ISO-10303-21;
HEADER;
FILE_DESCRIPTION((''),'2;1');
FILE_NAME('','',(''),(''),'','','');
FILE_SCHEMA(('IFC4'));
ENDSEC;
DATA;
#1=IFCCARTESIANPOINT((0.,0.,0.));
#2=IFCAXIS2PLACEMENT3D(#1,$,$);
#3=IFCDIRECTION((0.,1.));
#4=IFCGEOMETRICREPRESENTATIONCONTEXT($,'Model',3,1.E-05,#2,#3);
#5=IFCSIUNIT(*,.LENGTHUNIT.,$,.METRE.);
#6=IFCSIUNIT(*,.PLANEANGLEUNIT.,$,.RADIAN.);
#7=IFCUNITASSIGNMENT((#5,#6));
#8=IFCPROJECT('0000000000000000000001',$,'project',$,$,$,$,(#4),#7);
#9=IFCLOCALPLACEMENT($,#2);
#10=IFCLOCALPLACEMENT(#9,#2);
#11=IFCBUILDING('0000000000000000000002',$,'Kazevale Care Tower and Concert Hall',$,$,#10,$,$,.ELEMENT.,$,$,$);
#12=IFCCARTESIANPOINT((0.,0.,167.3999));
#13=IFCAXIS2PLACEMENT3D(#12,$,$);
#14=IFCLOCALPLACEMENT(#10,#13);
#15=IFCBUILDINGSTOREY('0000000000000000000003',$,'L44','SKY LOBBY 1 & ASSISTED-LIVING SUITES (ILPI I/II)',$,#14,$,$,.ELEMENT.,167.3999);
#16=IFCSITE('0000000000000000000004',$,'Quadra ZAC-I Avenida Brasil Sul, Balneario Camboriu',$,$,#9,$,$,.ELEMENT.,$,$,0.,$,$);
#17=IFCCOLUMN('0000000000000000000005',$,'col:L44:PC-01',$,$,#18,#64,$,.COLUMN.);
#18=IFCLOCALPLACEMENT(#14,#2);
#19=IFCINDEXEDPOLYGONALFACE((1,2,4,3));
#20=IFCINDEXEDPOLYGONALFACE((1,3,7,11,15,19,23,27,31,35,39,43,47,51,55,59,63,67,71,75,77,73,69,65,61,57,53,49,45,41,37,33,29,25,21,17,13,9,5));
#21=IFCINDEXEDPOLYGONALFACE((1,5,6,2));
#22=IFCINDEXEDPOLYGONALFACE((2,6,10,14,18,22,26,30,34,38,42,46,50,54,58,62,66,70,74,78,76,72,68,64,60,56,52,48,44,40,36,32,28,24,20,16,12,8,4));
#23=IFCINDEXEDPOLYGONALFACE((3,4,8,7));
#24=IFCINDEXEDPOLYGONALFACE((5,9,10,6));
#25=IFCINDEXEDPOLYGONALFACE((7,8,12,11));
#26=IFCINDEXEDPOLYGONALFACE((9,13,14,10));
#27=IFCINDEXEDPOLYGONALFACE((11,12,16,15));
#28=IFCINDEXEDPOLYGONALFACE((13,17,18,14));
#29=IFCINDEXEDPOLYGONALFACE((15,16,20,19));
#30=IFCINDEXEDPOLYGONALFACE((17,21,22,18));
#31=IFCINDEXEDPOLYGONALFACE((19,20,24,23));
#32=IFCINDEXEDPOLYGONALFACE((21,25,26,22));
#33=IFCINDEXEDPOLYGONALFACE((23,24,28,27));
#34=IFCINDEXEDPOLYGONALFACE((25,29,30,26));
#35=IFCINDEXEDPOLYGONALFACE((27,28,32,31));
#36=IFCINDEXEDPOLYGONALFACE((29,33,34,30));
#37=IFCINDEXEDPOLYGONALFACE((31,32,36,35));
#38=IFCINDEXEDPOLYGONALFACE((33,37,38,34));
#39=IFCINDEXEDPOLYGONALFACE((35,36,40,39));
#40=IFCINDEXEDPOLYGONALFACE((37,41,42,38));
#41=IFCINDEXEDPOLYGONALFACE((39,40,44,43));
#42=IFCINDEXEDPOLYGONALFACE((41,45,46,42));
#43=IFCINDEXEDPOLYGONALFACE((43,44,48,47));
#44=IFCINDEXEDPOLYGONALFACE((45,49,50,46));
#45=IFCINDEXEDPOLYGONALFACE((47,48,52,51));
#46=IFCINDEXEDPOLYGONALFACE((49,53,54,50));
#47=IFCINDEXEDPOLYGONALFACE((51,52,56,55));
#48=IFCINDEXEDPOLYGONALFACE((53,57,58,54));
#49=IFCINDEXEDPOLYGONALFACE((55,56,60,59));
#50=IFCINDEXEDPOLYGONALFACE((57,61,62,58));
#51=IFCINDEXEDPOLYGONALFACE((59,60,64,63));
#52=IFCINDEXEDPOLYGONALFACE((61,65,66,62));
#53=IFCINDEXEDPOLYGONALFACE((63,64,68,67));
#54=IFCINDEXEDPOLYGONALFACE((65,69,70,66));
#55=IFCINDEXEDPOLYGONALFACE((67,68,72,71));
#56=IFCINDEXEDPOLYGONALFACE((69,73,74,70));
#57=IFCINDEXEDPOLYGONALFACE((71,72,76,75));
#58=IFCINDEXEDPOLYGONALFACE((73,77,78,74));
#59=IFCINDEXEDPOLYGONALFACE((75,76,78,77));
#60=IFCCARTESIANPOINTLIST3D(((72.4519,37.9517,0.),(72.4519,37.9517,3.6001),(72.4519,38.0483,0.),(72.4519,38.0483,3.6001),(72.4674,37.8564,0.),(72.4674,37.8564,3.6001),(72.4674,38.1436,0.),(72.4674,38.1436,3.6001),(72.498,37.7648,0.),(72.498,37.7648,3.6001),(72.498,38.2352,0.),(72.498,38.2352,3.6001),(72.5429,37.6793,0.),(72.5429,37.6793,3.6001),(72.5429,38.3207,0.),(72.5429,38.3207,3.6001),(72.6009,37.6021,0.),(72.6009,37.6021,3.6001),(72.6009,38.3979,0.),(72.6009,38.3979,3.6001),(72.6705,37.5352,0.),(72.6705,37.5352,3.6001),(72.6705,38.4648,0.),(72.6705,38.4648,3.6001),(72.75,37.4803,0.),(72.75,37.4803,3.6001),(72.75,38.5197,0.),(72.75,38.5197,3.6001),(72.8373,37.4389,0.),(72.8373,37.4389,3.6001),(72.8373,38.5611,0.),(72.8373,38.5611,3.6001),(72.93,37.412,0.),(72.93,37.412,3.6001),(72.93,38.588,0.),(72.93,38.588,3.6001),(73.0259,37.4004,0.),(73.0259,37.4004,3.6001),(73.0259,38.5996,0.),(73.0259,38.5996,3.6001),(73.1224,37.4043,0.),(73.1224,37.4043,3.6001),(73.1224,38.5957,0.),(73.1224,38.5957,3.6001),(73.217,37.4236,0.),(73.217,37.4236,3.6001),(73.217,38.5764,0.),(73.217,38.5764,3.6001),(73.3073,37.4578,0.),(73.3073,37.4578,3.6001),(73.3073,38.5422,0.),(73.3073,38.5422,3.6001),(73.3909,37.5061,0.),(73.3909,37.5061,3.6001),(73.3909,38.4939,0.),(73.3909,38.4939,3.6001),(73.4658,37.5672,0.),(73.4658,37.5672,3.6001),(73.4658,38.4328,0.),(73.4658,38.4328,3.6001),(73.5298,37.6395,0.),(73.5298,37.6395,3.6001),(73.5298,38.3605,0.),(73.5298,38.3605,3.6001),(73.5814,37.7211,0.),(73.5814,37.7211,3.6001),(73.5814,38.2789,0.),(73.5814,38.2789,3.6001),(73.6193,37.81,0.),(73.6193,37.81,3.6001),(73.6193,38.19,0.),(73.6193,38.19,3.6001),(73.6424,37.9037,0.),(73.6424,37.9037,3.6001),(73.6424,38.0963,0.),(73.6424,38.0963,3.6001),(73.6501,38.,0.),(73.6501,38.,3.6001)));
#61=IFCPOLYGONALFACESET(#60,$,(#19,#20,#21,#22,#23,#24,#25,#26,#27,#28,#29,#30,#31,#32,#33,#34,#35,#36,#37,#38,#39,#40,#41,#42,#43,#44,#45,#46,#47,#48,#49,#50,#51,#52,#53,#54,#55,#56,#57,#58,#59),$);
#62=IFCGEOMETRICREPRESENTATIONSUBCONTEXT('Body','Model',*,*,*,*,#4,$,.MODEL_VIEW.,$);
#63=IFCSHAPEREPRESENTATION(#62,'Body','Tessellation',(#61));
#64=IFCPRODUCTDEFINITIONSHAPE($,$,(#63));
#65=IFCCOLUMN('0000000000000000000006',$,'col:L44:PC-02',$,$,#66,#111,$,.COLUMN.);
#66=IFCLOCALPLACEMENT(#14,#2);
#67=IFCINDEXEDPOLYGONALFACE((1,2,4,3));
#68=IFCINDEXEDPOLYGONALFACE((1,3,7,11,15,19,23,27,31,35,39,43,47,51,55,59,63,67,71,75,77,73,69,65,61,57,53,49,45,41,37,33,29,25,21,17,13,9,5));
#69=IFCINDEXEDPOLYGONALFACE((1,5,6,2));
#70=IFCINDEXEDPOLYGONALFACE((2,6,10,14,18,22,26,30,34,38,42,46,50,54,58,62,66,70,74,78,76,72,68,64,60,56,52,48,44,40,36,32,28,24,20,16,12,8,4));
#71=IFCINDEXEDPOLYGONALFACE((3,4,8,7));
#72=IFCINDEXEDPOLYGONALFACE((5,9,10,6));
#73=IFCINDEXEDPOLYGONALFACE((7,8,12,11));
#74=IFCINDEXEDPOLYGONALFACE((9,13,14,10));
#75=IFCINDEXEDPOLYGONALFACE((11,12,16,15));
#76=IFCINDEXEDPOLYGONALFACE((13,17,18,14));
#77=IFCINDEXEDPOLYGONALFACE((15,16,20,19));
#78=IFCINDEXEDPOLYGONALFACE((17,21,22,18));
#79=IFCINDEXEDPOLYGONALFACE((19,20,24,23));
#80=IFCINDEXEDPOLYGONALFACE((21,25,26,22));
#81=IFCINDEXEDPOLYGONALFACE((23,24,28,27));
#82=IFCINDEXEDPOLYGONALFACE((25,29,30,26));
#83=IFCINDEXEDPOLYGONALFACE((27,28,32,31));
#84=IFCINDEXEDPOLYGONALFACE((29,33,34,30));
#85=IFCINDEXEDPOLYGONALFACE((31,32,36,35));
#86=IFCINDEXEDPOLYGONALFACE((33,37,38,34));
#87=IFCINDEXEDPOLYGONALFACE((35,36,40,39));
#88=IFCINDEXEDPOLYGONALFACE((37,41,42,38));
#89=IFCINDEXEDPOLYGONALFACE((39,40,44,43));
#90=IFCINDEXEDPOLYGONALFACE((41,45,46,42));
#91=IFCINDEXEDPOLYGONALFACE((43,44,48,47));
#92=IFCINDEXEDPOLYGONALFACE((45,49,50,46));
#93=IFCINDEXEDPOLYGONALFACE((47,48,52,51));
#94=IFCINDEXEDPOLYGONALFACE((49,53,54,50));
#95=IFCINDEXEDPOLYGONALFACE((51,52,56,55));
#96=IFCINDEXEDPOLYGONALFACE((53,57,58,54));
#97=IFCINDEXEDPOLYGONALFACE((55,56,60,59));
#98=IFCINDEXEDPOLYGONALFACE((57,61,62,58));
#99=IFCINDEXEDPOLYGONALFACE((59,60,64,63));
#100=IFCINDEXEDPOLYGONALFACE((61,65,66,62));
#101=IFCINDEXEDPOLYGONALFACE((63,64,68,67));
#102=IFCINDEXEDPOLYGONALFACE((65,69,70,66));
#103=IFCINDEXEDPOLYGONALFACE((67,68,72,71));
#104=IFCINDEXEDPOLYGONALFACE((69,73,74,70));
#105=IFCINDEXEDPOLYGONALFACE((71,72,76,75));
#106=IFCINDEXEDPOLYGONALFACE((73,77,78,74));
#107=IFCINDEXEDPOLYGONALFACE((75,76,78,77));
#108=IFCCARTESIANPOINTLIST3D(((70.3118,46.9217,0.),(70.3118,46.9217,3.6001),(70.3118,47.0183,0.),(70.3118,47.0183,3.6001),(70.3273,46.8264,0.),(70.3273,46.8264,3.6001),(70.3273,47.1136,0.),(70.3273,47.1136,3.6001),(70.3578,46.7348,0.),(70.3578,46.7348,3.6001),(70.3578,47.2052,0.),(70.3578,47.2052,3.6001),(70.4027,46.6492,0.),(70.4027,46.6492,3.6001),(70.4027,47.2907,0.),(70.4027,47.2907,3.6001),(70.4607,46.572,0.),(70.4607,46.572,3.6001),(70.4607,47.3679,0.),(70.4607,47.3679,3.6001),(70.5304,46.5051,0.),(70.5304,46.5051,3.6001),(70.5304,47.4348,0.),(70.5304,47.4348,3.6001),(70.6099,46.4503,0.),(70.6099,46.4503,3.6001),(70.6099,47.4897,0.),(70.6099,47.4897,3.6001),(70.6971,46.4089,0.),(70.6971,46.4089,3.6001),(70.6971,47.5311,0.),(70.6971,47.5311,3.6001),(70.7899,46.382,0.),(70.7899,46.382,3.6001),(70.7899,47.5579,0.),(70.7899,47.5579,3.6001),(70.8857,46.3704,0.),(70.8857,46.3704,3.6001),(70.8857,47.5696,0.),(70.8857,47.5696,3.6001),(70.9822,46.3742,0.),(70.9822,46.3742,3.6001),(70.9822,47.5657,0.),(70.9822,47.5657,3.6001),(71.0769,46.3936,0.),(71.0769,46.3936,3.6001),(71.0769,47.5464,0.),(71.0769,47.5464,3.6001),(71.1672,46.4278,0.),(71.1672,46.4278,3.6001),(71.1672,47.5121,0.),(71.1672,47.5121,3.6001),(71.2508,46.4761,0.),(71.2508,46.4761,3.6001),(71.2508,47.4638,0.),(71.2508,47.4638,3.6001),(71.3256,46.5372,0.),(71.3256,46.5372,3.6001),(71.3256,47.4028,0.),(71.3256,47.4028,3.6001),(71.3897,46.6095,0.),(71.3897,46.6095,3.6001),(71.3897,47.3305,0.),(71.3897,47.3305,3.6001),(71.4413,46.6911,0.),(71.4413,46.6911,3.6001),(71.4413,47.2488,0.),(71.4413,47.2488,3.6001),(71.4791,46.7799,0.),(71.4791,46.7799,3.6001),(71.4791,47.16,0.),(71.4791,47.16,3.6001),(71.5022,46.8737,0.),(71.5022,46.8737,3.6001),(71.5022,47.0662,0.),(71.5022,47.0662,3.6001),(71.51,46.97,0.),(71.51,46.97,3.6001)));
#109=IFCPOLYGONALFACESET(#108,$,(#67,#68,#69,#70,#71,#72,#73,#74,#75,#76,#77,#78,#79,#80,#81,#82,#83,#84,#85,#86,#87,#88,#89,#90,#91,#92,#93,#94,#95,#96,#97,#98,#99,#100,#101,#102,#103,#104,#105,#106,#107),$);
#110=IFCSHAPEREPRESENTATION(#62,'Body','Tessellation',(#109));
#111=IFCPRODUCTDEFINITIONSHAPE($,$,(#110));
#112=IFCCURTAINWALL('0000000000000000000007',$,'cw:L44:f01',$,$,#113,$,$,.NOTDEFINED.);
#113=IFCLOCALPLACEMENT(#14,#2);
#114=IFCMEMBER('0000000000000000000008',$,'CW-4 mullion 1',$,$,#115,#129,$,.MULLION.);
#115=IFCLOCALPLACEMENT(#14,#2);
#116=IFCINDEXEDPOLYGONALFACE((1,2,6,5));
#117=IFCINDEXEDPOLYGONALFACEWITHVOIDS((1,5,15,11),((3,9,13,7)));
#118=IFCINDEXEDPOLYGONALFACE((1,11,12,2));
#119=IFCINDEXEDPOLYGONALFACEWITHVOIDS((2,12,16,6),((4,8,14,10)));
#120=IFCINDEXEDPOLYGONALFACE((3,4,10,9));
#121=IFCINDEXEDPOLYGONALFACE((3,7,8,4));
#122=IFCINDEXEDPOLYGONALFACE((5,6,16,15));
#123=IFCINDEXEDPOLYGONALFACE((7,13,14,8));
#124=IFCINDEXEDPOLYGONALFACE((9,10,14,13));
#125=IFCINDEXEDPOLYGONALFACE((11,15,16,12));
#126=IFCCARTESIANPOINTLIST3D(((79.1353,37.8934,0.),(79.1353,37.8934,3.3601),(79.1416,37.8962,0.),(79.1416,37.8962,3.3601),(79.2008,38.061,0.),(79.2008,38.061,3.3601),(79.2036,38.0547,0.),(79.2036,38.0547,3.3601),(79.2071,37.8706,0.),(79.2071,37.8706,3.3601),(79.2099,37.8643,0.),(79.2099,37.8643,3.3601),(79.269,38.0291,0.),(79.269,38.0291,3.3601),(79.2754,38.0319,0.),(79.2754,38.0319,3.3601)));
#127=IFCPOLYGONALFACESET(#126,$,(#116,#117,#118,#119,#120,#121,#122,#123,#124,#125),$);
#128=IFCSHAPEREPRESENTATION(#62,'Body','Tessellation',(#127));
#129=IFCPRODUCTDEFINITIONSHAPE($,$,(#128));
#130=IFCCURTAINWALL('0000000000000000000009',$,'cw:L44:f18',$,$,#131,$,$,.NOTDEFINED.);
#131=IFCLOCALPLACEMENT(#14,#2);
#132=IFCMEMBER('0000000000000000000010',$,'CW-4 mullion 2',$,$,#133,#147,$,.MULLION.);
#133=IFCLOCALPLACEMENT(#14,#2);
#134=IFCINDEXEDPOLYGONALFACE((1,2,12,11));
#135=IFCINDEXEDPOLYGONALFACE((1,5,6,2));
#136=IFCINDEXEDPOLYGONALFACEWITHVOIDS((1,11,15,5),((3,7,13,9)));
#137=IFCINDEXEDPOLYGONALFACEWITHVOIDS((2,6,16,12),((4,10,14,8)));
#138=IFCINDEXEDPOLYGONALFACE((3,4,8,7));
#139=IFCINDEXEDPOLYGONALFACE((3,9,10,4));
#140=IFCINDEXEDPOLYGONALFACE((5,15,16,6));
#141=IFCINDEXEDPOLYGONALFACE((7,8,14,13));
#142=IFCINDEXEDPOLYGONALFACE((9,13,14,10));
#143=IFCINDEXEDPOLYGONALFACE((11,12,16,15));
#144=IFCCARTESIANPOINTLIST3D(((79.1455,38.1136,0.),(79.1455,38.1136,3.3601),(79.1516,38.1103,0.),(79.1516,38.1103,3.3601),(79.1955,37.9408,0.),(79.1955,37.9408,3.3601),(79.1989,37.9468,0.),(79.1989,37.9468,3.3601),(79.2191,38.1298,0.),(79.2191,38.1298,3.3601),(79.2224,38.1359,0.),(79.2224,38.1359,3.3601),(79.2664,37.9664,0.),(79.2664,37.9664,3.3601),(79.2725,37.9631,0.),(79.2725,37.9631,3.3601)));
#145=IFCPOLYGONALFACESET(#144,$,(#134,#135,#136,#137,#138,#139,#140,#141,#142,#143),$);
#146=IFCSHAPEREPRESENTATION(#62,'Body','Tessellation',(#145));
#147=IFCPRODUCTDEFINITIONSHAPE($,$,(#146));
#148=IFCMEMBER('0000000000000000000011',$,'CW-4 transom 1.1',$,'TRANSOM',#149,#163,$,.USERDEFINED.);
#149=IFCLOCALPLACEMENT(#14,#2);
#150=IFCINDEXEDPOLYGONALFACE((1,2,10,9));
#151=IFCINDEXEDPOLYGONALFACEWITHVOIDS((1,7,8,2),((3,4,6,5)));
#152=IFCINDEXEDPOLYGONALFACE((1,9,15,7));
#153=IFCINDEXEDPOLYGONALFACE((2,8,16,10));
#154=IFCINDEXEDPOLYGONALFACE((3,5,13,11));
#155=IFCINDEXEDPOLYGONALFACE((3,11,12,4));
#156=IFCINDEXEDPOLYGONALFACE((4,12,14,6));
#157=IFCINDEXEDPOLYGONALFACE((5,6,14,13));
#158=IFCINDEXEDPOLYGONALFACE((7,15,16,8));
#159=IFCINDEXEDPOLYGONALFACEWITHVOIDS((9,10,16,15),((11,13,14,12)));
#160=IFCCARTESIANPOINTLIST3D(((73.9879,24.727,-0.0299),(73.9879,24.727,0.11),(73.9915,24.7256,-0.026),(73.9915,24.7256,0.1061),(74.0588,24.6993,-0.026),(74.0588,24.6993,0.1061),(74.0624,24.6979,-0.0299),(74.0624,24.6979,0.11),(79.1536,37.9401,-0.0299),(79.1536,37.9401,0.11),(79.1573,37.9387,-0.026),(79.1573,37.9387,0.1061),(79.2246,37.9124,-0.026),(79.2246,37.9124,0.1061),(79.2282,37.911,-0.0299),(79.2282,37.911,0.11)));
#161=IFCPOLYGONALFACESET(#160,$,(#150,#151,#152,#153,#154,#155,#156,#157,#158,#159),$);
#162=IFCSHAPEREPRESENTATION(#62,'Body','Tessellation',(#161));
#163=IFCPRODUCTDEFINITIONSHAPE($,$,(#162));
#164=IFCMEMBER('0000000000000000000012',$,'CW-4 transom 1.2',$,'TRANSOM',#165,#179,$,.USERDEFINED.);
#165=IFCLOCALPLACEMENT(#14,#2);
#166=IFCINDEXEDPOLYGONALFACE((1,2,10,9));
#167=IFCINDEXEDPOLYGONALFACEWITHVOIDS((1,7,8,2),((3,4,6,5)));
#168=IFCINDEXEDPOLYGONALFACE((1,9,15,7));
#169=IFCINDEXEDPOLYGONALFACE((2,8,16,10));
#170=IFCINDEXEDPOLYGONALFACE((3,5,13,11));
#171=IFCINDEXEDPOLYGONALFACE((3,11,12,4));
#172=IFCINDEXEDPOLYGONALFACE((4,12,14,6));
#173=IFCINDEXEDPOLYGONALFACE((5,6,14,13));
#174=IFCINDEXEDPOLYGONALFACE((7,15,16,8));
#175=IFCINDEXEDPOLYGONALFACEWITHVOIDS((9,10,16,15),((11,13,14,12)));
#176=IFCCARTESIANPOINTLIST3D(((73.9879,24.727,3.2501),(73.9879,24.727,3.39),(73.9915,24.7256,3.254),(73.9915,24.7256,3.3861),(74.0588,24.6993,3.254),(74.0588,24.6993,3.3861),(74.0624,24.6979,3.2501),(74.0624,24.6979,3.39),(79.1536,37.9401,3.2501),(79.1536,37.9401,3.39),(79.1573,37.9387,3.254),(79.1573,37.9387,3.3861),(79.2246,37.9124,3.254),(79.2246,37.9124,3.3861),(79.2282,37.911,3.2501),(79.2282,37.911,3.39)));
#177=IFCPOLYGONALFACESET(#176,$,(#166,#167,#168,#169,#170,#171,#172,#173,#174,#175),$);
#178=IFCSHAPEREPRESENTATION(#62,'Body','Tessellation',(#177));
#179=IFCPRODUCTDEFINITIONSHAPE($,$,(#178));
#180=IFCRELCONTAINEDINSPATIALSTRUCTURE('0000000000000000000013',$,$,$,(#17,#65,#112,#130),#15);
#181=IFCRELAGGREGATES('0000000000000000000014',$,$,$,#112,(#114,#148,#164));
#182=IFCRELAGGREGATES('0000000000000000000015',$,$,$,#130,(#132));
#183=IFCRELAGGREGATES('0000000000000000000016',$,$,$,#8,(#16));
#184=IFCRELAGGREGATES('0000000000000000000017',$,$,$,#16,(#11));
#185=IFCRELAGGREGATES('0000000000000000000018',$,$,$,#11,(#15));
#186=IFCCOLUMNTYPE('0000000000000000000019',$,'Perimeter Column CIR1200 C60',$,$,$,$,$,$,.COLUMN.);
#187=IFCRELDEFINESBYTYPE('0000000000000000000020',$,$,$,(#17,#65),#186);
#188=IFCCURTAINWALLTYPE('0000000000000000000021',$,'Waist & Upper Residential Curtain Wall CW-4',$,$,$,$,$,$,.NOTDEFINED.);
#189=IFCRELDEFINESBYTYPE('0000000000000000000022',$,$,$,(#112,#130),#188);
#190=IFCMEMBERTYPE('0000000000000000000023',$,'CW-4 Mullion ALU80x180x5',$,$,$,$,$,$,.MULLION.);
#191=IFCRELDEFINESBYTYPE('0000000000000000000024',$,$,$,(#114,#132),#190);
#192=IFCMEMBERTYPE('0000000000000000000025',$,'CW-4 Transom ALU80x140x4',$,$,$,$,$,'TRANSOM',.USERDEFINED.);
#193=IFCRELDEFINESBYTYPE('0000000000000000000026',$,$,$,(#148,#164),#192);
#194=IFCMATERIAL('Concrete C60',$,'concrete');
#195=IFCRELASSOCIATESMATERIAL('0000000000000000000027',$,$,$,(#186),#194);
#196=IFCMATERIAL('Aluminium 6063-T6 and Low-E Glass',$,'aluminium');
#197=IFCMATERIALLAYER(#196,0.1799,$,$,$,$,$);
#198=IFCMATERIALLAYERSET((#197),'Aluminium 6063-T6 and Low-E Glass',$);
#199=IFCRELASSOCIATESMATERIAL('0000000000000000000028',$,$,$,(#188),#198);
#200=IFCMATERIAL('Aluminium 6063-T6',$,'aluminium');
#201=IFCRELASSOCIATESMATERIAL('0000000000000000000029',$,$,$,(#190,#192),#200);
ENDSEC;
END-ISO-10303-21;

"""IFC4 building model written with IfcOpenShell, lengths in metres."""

from ifc_helpers import new_model, si_unit, direction, frame, origin, origin_2d, place, context, subcontext, project, spatial, hollow_rectangle, circle, extrude, material, layer, layer_set, material_profile, profile_set, type_object, element, aggregate, save


model = new_model("IFC4")

# Units and contexts
model_context = context("Model", 3, precision=1e-05, world=origin(), true_north=direction((0.0, 1.0)))
body_context = subcontext(model_context, "Body", "Model", "MODEL_VIEW")
ifc_project = project(units=[si_unit("LENGTHUNIT", "METRE"), si_unit("PLANEANGLEUNIT", "RADIAN")], contexts=[model_context])

# Site, building, storey
site_placement = place(None, origin())
site = spatial("IfcSite", under=ifc_project, at=site_placement, Name="Quadra ZAC-I Avenida Brasil Sul, Balneario Camboriu", CompositionType="ELEMENT", RefElevation=0.0)
building_placement = place(site_placement, origin())
building = spatial("IfcBuilding", under=site, at=building_placement, Name="Kazevale Care Tower and Concert Hall", CompositionType="ELEMENT")
storey_placement = place(building_placement, frame((0.0, 0.0, 167.3999)))
storey = spatial("IfcBuildingStorey", under=building, at=storey_placement, Name="L44", Description="SKY LOBBY 1 & ASSISTED-LIVING SUITES (ILPI I/II)", CompositionType="ELEMENT", Elevation=167.3999)

# Columns
ifc_material_1 = material(Name="Concrete C60", Category="concrete")
ifc_material_profile_1 = material_profile(ifc_material_1, circle(Radius=0.6001, at=origin_2d()), Name="RC-CIR1200")
ifc_profile_set_1 = profile_set([ifc_material_profile_1], Name="Concrete C60")
column_type = type_object("IfcColumnType", Name="Perimeter Column CIR1200 C60", PredefinedType="COLUMN", material=ifc_profile_set_1)
for number, where, z_axis, x_axis, name in (
    (1, (73.05, 38.0, 0.0), (0.0, 0.0, 1.0), (1.0, 0.0, 0.0), "col:L44:PC-01"),
    (2, (70.9099, 46.97, 0.0), (0.0, 0.0, 1.0), (1.0, 0.0, 0.0), "col:L44:PC-02"),
):
    element("IfcColumn", number, at=place(storey_placement, frame(where, z_axis=z_axis, x_axis=x_axis)), inside=storey, type_object=column_type, Name=name, PredefinedType="COLUMN", context=body_context, shape_type="SweptSolid", body=[
        extrude(circle(Radius=0.6001, at=origin_2d()), origin(), (0.0, 0.0, 1.0), 3.6001),
    ])

# Curtain walls, members
ifc_material_2 = material(Name="Aluminium 6063-T6 and Low-E Glass", Category="aluminium")
ifc_layer_1 = layer(ifc_material_2, 0.1799)
ifc_layer_set_1 = layer_set([ifc_layer_1], Name="Aluminium 6063-T6 and Low-E Glass")
curtain_wall_type = type_object("IfcCurtainWallType", Name="Waist & Upper Residential Curtain Wall CW-4", PredefinedType="NOTDEFINED", material=ifc_layer_set_1)
curtain_wall_1_placement = place(storey_placement, origin())
curtain_wall_1 = element("IfcCurtainWall", 3, at=curtain_wall_1_placement, inside=storey, type_object=curtain_wall_type, Name="cw:L44:f01", PredefinedType="NOTDEFINED")
ifc_material_3 = material(Name="Aluminium 6063-T6", Category="aluminium")
ifc_material_profile_2 = material_profile(ifc_material_3, hollow_rectangle(XDim=0.0801, YDim=0.1799, WallThickness=0.0049, at=origin_2d()), Name="ALU80x180x5")
ifc_profile_set_2 = profile_set([ifc_material_profile_2], Name="Aluminium 6063-T6")
member_type_1 = type_object("IfcMemberType", Name="CW-4 Mullion ALU80x180x5", PredefinedType="MULLION", material=ifc_profile_set_2)
member_1_placement = place(storey_placement, frame((79.2053, 37.9626, 0.0), z_axis=(0.0, 0.0, 1.0), x_axis=(0.931352, -0.364121, 0.0)))
member_1 = element("IfcMember", 4, at=member_1_placement, type_object=member_type_1, Name="CW-4 mullion 1", PredefinedType="MULLION", context=body_context, shape_type="SweptSolid", body=[
    extrude(hollow_rectangle(XDim=0.0801, YDim=0.1799, WallThickness=0.0049, at=origin_2d()), origin(), (0.0, 0.0, 1.0), 3.3601),
])
curtain_wall_2_placement = place(storey_placement, origin())
curtain_wall_2 = element("IfcCurtainWall", 5, at=curtain_wall_2_placement, inside=storey, type_object=curtain_wall_type, Name="cw:L44:f18", PredefinedType="NOTDEFINED")
member_2_placement = place(storey_placement, frame((79.209, 38.0383, 0.0), z_axis=(0.0, 0.0, 1.0), x_axis=(0.960542, 0.278137, 0.0)))
member_2 = element("IfcMember", 6, at=member_2_placement, type_object=member_type_1, Name="CW-4 mullion 2", PredefinedType="MULLION", context=body_context, shape_type="SweptSolid", body=[
    extrude(hollow_rectangle(XDim=0.0801, YDim=0.1799, WallThickness=0.0049, at=origin_2d()), origin(), (0.0, 0.0, 1.0), 3.3601),
])

# Members
ifc_material_profile_3 = material_profile(ifc_material_3, hollow_rectangle(XDim=0.0801, YDim=0.1399, WallThickness=0.0039, at=origin_2d()), Name="ALU80x140x4")
ifc_profile_set_3 = profile_set([ifc_material_profile_3], Name="Aluminium 6063-T6")
member_type_2 = type_object("IfcMemberType", Name="CW-4 Transom ALU80x140x4", ElementType="TRANSOM", PredefinedType="USERDEFINED", material=ifc_profile_set_3)
member_3_placement = place(storey_placement, frame((79.1909, 37.9255, 0.04), z_axis=(-0.364119, -0.931352, 0.0), x_axis=(0.931352, -0.364119, 0.0)))
member_3 = element("IfcMember", 7, at=member_3_placement, type_object=member_type_2, Name="CW-4 transom 1.1", ObjectType="TRANSOM", PredefinedType="USERDEFINED", context=body_context, shape_type="SweptSolid", body=[
    extrude(hollow_rectangle(XDim=0.0801, YDim=0.1399, WallThickness=0.0039, at=origin_2d()), origin(), (0.0, 0.0, 1.0), 14.187),
])
member_4_placement = place(storey_placement, frame((79.1909, 37.9255, 3.3201), z_axis=(-0.364119, -0.931352, 0.0), x_axis=(0.931352, -0.364119, 0.0)))
member_4 = element("IfcMember", 8, at=member_4_placement, type_object=member_type_2, Name="CW-4 transom 1.2", ObjectType="TRANSOM", PredefinedType="USERDEFINED", context=body_context, shape_type="SweptSolid", body=[
    extrude(hollow_rectangle(XDim=0.0801, YDim=0.1399, WallThickness=0.0039, at=origin_2d()), origin(), (0.0, 0.0, 1.0), 14.187),
])
aggregate(curtain_wall_1, [member_1, member_3, member_4])

aggregate(curtain_wall_2, [member_2])

save(model, "model.ifc")
